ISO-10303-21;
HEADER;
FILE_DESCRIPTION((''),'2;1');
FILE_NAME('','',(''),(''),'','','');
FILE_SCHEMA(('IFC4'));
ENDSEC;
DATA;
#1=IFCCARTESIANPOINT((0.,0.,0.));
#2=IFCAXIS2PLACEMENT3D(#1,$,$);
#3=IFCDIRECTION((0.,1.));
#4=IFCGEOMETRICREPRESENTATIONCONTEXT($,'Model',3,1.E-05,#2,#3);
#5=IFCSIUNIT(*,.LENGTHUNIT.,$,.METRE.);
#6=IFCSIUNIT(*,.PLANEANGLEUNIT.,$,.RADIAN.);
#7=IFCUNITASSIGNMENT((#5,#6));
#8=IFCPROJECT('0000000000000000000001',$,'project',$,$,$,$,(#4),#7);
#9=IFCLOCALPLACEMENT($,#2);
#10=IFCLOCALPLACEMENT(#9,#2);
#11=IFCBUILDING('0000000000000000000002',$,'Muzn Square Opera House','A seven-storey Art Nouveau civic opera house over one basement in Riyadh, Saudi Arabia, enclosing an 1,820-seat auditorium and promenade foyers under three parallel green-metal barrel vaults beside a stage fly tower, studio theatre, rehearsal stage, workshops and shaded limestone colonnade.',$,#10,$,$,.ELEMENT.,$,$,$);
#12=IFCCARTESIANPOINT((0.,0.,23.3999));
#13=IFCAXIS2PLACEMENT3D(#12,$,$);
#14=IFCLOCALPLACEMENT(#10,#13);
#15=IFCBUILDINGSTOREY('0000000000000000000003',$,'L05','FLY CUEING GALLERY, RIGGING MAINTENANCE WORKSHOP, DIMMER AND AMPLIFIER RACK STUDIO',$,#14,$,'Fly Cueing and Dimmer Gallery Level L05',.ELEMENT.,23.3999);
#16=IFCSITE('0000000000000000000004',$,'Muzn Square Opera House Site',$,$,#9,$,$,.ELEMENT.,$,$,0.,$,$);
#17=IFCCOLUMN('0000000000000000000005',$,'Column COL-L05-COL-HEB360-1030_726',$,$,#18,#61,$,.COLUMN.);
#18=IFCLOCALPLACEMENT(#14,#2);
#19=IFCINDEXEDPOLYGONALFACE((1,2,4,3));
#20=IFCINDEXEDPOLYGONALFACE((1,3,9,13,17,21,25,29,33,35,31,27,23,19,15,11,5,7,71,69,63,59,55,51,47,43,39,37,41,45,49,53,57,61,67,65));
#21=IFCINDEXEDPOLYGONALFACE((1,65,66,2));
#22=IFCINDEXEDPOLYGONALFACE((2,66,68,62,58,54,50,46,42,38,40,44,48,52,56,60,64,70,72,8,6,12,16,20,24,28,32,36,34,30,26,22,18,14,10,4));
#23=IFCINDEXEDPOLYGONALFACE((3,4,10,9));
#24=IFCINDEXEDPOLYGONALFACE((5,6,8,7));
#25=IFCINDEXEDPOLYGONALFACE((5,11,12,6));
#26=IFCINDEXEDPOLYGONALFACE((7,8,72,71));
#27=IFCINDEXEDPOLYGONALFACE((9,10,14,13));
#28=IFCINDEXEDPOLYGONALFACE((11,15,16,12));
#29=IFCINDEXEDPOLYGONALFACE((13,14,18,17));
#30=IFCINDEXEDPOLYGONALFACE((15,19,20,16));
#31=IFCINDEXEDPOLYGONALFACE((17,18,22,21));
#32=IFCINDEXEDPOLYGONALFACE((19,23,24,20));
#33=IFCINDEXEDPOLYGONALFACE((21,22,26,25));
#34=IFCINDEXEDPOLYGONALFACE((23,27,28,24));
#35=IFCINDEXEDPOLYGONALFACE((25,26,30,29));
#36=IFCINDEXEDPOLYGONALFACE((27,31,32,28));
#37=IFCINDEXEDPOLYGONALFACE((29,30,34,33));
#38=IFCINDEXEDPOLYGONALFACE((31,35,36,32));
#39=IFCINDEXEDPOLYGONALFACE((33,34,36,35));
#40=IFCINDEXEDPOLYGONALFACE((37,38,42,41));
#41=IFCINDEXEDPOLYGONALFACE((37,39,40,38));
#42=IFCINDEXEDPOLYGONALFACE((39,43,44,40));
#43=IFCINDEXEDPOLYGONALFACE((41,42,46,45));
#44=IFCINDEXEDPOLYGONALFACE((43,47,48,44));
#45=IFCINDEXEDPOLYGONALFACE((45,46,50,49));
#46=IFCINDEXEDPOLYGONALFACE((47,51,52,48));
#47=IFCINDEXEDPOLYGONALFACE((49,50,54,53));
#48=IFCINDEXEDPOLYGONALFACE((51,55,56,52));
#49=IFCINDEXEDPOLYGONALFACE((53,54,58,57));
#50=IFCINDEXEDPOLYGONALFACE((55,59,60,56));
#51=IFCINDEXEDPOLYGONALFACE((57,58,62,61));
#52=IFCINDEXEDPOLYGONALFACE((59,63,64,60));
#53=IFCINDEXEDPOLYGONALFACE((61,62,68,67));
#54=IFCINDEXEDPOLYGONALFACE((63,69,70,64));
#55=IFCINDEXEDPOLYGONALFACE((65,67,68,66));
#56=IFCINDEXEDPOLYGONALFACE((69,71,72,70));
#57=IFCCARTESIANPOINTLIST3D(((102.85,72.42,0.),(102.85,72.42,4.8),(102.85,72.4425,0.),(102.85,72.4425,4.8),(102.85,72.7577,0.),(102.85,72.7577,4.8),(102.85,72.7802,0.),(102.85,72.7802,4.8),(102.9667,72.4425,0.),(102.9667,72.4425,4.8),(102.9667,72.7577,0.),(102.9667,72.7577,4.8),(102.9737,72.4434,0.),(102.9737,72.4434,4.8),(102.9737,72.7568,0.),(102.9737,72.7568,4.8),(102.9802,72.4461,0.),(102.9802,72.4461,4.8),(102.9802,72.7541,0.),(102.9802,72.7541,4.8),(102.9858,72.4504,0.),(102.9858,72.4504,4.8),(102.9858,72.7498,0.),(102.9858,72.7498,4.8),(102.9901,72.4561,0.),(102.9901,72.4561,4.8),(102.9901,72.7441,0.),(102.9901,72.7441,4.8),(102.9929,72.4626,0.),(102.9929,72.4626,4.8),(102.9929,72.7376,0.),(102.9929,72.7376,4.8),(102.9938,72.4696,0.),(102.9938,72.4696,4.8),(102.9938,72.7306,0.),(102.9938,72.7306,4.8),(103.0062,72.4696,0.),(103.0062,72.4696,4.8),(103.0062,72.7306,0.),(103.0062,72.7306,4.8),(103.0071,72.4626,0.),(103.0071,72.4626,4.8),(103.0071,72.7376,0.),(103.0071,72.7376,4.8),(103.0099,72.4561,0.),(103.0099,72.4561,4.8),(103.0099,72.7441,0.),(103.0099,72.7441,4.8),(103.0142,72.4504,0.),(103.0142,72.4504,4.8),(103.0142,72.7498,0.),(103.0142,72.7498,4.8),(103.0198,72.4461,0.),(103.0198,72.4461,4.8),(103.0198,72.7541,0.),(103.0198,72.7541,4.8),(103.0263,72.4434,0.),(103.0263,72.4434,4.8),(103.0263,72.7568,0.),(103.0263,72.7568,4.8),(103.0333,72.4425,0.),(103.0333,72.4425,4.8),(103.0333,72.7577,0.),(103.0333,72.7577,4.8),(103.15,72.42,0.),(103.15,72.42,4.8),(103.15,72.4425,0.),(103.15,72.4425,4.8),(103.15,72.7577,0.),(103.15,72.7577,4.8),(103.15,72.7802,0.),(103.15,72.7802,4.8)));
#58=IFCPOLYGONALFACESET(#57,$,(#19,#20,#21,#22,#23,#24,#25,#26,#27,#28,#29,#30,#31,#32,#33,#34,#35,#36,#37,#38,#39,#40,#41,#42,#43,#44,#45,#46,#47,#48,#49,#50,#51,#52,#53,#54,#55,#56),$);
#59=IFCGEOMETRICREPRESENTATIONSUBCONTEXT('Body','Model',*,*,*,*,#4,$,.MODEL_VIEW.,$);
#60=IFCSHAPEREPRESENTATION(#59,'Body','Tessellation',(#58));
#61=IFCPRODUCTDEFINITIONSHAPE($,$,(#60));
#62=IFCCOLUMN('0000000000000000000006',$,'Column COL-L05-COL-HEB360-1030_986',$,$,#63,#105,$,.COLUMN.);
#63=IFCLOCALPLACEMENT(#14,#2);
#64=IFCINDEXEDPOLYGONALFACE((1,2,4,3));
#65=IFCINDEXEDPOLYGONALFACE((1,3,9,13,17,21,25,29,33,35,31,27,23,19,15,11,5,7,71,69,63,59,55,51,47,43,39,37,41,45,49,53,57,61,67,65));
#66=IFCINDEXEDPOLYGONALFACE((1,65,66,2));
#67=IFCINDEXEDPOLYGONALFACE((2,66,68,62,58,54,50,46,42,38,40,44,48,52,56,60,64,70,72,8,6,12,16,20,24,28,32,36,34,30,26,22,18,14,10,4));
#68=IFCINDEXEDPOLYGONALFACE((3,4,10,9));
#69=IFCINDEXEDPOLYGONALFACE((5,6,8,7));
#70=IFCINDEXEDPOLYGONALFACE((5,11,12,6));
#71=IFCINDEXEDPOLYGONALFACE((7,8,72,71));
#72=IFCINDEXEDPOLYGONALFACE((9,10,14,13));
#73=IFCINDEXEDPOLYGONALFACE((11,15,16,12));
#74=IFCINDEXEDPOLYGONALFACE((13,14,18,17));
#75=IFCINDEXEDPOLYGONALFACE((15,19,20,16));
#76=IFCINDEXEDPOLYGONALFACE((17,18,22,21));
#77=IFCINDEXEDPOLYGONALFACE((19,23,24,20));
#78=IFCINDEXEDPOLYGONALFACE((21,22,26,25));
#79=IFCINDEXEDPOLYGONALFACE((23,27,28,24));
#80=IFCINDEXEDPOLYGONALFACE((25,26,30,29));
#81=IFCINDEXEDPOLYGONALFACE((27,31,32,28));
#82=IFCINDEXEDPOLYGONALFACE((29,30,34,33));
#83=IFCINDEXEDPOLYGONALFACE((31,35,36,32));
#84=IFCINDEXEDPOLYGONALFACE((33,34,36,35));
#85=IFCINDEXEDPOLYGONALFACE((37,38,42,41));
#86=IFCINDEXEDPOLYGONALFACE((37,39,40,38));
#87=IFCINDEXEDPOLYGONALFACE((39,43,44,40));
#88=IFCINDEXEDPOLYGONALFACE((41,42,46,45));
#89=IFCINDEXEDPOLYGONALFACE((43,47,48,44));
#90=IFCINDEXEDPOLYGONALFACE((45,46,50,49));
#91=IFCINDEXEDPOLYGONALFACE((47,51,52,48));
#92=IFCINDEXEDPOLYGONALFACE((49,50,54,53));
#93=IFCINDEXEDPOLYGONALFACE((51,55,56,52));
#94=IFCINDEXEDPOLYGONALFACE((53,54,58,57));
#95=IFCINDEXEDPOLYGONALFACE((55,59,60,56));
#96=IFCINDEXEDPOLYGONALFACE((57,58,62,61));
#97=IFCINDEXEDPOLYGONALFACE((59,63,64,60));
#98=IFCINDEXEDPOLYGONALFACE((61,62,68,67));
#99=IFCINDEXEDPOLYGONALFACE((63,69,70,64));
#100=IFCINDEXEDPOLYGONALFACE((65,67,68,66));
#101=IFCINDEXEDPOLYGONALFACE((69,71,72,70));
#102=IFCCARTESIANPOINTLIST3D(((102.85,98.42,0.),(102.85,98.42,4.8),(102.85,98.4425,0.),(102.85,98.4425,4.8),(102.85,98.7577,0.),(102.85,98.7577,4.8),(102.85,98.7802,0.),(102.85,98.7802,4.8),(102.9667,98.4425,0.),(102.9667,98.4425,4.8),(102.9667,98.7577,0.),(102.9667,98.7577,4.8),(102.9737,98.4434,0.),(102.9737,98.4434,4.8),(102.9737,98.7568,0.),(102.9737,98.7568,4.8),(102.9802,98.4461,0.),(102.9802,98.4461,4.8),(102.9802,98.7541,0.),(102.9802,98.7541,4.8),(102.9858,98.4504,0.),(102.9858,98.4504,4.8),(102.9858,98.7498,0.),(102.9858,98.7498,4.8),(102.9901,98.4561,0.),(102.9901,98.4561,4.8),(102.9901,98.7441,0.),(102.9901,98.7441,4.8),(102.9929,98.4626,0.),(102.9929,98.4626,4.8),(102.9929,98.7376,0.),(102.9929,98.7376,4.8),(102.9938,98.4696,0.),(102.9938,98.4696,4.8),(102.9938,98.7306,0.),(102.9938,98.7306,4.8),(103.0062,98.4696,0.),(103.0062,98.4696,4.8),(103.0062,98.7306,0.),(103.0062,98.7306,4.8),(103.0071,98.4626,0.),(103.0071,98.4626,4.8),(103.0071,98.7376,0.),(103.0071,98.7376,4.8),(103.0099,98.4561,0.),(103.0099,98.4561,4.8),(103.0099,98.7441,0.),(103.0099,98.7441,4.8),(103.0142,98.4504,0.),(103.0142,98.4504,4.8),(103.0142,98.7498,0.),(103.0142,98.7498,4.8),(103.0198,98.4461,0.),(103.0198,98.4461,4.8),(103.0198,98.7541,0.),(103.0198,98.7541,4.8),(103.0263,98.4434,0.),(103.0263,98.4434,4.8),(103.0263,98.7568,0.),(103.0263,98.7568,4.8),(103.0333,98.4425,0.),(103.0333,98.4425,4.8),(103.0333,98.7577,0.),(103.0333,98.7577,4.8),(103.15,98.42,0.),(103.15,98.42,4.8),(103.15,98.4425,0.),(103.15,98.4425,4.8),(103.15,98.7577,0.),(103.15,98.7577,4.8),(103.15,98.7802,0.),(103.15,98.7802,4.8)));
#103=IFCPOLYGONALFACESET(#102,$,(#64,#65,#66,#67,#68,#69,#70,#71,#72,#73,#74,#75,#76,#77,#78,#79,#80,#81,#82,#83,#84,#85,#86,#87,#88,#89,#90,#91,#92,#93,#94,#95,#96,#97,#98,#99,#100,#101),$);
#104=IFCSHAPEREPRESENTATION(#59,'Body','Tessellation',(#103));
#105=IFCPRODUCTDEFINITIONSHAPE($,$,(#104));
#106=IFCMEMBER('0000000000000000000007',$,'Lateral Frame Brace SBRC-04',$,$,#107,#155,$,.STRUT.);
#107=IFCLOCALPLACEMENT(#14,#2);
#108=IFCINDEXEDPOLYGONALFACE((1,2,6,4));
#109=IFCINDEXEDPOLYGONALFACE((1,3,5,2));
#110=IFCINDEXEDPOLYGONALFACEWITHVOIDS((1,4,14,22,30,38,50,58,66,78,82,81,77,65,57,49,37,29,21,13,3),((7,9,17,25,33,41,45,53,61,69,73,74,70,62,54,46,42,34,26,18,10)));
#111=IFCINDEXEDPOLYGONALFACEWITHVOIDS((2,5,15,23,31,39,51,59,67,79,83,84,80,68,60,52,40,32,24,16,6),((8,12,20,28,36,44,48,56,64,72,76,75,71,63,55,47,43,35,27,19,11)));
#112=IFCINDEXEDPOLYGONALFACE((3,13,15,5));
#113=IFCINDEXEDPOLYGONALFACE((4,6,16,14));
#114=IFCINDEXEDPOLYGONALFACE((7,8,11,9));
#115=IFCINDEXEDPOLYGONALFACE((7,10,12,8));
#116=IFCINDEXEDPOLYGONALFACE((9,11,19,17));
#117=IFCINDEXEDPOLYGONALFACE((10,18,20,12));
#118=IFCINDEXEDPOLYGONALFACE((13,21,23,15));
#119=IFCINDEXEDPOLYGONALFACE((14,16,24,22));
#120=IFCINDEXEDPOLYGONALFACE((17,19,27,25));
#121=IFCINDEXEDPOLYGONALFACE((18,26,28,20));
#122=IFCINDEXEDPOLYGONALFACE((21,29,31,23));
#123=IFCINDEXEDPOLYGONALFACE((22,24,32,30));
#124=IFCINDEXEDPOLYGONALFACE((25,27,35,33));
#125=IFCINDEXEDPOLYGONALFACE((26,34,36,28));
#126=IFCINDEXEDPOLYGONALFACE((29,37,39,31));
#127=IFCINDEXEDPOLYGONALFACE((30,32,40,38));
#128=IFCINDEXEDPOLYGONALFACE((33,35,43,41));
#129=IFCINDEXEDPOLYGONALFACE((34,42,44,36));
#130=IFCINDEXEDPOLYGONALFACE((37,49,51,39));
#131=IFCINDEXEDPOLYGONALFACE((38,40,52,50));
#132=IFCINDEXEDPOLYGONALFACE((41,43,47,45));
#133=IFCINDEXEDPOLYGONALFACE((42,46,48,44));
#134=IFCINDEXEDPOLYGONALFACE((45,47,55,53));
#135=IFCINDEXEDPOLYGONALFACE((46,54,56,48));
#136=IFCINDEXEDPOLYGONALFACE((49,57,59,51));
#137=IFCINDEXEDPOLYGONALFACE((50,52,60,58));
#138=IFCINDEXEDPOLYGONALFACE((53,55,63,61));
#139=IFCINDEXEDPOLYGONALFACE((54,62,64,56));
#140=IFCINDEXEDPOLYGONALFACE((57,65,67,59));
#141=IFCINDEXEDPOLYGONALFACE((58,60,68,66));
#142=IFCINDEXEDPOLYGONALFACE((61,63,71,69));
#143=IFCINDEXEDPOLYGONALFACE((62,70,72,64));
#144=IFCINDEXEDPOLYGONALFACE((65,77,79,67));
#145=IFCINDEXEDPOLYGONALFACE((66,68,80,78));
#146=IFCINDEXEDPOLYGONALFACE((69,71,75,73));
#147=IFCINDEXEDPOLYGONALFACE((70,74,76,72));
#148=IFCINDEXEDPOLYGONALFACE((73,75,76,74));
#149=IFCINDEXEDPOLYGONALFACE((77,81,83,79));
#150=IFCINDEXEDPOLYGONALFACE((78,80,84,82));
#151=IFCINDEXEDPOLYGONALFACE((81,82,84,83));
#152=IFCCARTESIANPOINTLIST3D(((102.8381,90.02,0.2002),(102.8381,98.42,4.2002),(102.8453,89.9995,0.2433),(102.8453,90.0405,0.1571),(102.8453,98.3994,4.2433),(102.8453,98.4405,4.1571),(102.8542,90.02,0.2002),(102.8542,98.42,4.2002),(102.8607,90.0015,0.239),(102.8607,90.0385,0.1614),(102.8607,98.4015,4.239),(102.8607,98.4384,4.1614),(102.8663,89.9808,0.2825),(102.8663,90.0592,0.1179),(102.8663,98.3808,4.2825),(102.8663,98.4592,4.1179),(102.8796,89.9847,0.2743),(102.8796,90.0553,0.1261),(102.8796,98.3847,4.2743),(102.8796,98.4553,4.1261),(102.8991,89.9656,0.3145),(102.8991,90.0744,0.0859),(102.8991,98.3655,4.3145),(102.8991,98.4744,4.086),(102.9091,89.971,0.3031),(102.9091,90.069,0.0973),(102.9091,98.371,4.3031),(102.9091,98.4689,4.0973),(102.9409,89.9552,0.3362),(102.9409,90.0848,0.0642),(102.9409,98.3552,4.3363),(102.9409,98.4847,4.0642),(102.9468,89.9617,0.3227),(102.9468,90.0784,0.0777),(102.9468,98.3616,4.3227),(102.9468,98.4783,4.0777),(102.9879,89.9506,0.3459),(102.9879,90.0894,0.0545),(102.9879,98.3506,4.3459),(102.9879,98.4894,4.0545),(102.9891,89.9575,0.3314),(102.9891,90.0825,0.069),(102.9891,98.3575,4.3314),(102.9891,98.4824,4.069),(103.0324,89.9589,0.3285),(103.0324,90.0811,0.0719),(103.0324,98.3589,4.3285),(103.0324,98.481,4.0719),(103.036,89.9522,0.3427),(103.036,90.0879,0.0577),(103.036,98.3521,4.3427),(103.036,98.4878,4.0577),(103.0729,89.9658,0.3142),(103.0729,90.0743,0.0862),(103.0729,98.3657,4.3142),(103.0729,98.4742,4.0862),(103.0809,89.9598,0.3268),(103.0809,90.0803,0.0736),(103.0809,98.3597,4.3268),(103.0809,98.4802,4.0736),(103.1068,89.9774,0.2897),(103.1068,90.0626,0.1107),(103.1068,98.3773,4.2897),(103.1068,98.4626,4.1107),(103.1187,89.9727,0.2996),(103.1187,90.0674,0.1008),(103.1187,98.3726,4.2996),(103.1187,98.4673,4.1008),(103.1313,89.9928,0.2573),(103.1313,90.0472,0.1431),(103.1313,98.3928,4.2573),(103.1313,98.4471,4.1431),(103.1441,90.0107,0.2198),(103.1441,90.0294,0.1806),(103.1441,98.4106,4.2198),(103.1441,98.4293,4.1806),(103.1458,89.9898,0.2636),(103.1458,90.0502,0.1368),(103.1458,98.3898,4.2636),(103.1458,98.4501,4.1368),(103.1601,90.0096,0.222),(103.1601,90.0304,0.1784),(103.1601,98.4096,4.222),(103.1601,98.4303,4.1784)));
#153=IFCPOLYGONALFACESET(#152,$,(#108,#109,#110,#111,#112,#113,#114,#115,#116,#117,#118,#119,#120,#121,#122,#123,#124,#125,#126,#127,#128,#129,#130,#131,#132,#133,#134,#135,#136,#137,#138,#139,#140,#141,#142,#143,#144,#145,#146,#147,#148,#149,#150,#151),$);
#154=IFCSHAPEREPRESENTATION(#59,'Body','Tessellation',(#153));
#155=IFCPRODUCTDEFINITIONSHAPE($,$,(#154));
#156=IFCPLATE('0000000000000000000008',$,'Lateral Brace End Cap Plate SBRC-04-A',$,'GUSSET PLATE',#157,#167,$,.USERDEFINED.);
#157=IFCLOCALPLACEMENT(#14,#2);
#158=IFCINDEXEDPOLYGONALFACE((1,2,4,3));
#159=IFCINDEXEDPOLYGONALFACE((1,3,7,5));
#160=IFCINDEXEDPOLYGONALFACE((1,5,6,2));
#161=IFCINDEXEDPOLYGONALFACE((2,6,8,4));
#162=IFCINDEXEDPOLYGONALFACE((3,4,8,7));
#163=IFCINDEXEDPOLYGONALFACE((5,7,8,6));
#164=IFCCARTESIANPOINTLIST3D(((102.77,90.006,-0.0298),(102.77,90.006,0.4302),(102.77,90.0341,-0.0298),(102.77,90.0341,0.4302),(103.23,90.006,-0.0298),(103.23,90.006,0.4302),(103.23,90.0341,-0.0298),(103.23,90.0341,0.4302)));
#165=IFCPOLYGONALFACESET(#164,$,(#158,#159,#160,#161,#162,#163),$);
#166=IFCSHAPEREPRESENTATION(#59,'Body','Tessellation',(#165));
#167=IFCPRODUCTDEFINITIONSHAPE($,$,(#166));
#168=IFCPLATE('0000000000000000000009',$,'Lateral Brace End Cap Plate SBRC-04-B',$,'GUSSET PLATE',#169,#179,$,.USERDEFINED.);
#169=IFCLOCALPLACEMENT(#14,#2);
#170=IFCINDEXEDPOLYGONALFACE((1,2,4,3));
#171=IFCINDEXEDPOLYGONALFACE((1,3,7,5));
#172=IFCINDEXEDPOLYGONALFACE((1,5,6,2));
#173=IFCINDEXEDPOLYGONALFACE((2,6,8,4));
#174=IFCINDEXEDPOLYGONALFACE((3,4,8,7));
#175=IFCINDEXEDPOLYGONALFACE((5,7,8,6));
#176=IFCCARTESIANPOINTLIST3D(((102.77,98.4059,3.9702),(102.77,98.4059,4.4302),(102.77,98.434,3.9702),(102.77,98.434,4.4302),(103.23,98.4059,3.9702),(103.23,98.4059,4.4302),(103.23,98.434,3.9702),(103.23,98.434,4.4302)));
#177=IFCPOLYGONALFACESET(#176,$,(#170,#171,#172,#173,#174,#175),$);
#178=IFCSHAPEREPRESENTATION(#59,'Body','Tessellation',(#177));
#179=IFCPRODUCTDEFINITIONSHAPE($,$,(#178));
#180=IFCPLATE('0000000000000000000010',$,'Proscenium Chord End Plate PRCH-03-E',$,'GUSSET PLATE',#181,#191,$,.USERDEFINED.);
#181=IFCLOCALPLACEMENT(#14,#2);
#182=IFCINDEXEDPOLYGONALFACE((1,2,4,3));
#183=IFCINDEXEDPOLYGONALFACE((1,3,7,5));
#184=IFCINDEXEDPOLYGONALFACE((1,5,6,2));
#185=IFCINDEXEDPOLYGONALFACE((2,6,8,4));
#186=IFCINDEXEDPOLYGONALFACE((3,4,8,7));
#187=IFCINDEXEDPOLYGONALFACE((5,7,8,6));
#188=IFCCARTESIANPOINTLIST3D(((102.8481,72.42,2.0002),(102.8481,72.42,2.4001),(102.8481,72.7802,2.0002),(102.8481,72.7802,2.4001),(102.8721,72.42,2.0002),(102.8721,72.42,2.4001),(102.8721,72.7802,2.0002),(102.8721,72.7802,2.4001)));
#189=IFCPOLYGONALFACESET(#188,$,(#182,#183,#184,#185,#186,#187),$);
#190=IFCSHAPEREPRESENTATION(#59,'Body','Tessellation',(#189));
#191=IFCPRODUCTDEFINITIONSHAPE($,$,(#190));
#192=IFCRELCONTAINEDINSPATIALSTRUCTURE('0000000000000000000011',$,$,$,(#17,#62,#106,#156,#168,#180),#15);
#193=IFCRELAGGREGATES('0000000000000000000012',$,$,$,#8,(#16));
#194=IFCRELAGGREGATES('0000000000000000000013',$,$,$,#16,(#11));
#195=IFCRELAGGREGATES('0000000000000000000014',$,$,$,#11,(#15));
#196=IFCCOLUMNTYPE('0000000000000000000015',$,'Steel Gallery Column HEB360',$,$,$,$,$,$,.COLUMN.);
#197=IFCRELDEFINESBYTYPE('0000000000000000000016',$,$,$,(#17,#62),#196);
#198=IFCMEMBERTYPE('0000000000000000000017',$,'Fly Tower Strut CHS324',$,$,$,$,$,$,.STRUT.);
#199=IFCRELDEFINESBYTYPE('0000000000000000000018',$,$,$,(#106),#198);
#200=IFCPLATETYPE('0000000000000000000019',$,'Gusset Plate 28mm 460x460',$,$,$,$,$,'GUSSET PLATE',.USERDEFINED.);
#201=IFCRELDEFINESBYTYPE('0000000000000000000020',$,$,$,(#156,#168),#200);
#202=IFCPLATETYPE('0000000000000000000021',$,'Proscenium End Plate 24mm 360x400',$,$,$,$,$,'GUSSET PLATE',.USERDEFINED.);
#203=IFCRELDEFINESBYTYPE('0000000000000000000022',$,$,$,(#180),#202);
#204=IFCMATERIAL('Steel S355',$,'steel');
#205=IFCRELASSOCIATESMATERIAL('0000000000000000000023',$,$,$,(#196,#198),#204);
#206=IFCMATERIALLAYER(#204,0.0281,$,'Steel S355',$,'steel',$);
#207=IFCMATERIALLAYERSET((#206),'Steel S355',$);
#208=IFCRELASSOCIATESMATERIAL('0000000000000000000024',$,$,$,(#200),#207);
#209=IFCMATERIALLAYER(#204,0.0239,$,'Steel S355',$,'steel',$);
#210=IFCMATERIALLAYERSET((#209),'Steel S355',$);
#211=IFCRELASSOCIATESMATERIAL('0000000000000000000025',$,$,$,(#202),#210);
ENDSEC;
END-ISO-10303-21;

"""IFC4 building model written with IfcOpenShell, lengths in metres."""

from ifc_helpers import new_model, si_unit, direction, frame, origin, origin_2d, place, context, subcontext, project, spatial, rectangle, hollow_circle, i_section, extrude, material, layer, layer_set, material_profile, profile_set, type_object, element, save


model = new_model("IFC4")

# Units and contexts
model_context = context("Model", 3, precision=1e-05, world=origin(), true_north=direction((0.0, 1.0)))
body_context = subcontext(model_context, "Body", "Model", "MODEL_VIEW")
ifc_project = project(units=[si_unit("LENGTHUNIT", "METRE"), si_unit("PLANEANGLEUNIT", "RADIAN")], contexts=[model_context])

# Site, building, storey
site_placement = place(None, origin())
site = spatial("IfcSite", under=ifc_project, at=site_placement, Name="Muzn Square Opera House Site", CompositionType="ELEMENT", RefElevation=0.0)
building_placement = place(site_placement, origin())
building = spatial("IfcBuilding", under=site, at=building_placement, Name="Muzn Square Opera House", Description="A seven-storey Art Nouveau civic opera house over one basement in Riyadh, Saudi Arabia, enclosing an 1,820-seat auditorium and promenade foyers under three parallel green-metal barrel vaults beside a stage fly tower, studio theatre, rehearsal stage, workshops and shaded limestone colonnade.", CompositionType="ELEMENT")
storey_placement = place(building_placement, frame((0.0, 0.0, 23.3999)))
storey = spatial("IfcBuildingStorey", under=building, at=storey_placement, Name="L05", Description="FLY CUEING GALLERY, RIGGING MAINTENANCE WORKSHOP, DIMMER AND AMPLIFIER RACK STUDIO", LongName="Fly Cueing and Dimmer Gallery Level L05", CompositionType="ELEMENT", Elevation=23.3999)

# Columns
ifc_material_1 = material(Name="Steel S355", Category="steel")
ifc_material_profile_1 = material_profile(ifc_material_1, i_section(OverallWidth=0.3, OverallDepth=0.3601, WebThickness=0.0125, FlangeThickness=0.0225, FilletRadius=0.0271, at=origin_2d()), Name="HEB 360", Category="steel")
ifc_profile_set_1 = profile_set([ifc_material_profile_1], Name="Steel S355")
column_type = type_object("IfcColumnType", Name="Steel Gallery Column HEB360", PredefinedType="COLUMN", material=ifc_profile_set_1)
for number, where, z_axis, x_axis, name in (
    (1, (103.0, 72.6001, 0.0), (0.0, 0.0, 1.0), (1.0, 0.0, 0.0), "Column COL-L05-COL-HEB360-1030_726"),
    (2, (103.0, 98.6001, 0.0), (0.0, 0.0, 1.0), (1.0, 0.0, 0.0), "Column COL-L05-COL-HEB360-1030_986"),
):
    element("IfcColumn", number, at=place(storey_placement, frame(where, z_axis=z_axis, x_axis=x_axis)), inside=storey, type_object=column_type, Name=name, PredefinedType="COLUMN", context=body_context, shape_type="SweptSolid", body=[
        extrude(i_section(OverallWidth=0.3, OverallDepth=0.3601, WebThickness=0.0125, FlangeThickness=0.0225, FilletRadius=0.0271, at=origin_2d()), origin(), (0.0, 0.0, 1.0), 4.8),
    ])

# Member
ifc_material_profile_2 = material_profile(ifc_material_1, hollow_circle(Radius=0.1619, WallThickness=0.0161, at=origin_2d()), Name="CHS 323.9x16", Category="steel")
ifc_profile_set_2 = profile_set([ifc_material_profile_2], Name="Steel S355")
member_type = type_object("IfcMemberType", Name="Fly Tower Strut CHS324", PredefinedType="STRUT", material=ifc_profile_set_2)
member_placement = place(storey_placement, frame((103.0, 90.02, 0.2002), z_axis=(0.0, 0.902859, 0.429938), x_axis=(-1.0, 0.0, 0.0)))
element("IfcMember", 3, at=member_placement, inside=storey, type_object=member_type, Name="Lateral Frame Brace SBRC-04", PredefinedType="STRUT", context=body_context, shape_type="SweptSolid", body=[
    extrude(hollow_circle(Radius=0.1619, WallThickness=0.0161, at=origin_2d()), origin(), (0.0, 0.0, 1.0), 9.3037),
])

# Plates
ifc_layer_1 = layer(ifc_material_1, 0.0281, Name="Steel S355", Category="steel")
ifc_layer_set_1 = layer_set([ifc_layer_1], Name="Steel S355")
plate_type_1 = type_object("IfcPlateType", Name="Gusset Plate 28mm 460x460", ElementType="GUSSET PLATE", PredefinedType="USERDEFINED", material=ifc_layer_set_1)
for number, where, z_axis, x_axis, name in (
    (4, (103.0, 90.02, -0.0298), (0.0, 0.0, 1.0), (1.0, 0.0, 0.0), "Lateral Brace End Cap Plate SBRC-04-A"),
    (5, (103.0, 98.4199, 3.9702), (0.0, 0.0, 1.0), (1.0, 0.0, 0.0), "Lateral Brace End Cap Plate SBRC-04-B"),
):
    element("IfcPlate", number, at=place(storey_placement, frame(where, z_axis=z_axis, x_axis=x_axis)), inside=storey, type_object=plate_type_1, Name=name, ObjectType="GUSSET PLATE", PredefinedType="USERDEFINED", context=body_context, shape_type="SweptSolid", body=[
        extrude(rectangle(XDim=0.46, YDim=0.0281, at=origin_2d()), origin(), (0.0, 0.0, 1.0), 0.46),
    ])
ifc_layer_2 = layer(ifc_material_1, 0.0239, Name="Steel S355", Category="steel")
ifc_layer_set_2 = layer_set([ifc_layer_2], Name="Steel S355")
plate_type_2 = type_object("IfcPlateType", Name="Proscenium End Plate 24mm 360x400", ElementType="GUSSET PLATE", PredefinedType="USERDEFINED", material=ifc_layer_set_2)
plate_placement = place(storey_placement, frame((102.8601, 72.6001, 2.0002), z_axis=(0.0, 0.0, 1.0), x_axis=(1.0, 0.0, 0.0)))
element("IfcPlate", 6, at=plate_placement, inside=storey, type_object=plate_type_2, Name="Proscenium Chord End Plate PRCH-03-E", ObjectType="GUSSET PLATE", PredefinedType="USERDEFINED", context=body_context, shape_type="SweptSolid", body=[
    extrude(rectangle(XDim=0.0239, YDim=0.3601, at=origin_2d()), origin(), (0.0, 0.0, 1.0), 0.3999),
])

save(model, "model.ifc")
